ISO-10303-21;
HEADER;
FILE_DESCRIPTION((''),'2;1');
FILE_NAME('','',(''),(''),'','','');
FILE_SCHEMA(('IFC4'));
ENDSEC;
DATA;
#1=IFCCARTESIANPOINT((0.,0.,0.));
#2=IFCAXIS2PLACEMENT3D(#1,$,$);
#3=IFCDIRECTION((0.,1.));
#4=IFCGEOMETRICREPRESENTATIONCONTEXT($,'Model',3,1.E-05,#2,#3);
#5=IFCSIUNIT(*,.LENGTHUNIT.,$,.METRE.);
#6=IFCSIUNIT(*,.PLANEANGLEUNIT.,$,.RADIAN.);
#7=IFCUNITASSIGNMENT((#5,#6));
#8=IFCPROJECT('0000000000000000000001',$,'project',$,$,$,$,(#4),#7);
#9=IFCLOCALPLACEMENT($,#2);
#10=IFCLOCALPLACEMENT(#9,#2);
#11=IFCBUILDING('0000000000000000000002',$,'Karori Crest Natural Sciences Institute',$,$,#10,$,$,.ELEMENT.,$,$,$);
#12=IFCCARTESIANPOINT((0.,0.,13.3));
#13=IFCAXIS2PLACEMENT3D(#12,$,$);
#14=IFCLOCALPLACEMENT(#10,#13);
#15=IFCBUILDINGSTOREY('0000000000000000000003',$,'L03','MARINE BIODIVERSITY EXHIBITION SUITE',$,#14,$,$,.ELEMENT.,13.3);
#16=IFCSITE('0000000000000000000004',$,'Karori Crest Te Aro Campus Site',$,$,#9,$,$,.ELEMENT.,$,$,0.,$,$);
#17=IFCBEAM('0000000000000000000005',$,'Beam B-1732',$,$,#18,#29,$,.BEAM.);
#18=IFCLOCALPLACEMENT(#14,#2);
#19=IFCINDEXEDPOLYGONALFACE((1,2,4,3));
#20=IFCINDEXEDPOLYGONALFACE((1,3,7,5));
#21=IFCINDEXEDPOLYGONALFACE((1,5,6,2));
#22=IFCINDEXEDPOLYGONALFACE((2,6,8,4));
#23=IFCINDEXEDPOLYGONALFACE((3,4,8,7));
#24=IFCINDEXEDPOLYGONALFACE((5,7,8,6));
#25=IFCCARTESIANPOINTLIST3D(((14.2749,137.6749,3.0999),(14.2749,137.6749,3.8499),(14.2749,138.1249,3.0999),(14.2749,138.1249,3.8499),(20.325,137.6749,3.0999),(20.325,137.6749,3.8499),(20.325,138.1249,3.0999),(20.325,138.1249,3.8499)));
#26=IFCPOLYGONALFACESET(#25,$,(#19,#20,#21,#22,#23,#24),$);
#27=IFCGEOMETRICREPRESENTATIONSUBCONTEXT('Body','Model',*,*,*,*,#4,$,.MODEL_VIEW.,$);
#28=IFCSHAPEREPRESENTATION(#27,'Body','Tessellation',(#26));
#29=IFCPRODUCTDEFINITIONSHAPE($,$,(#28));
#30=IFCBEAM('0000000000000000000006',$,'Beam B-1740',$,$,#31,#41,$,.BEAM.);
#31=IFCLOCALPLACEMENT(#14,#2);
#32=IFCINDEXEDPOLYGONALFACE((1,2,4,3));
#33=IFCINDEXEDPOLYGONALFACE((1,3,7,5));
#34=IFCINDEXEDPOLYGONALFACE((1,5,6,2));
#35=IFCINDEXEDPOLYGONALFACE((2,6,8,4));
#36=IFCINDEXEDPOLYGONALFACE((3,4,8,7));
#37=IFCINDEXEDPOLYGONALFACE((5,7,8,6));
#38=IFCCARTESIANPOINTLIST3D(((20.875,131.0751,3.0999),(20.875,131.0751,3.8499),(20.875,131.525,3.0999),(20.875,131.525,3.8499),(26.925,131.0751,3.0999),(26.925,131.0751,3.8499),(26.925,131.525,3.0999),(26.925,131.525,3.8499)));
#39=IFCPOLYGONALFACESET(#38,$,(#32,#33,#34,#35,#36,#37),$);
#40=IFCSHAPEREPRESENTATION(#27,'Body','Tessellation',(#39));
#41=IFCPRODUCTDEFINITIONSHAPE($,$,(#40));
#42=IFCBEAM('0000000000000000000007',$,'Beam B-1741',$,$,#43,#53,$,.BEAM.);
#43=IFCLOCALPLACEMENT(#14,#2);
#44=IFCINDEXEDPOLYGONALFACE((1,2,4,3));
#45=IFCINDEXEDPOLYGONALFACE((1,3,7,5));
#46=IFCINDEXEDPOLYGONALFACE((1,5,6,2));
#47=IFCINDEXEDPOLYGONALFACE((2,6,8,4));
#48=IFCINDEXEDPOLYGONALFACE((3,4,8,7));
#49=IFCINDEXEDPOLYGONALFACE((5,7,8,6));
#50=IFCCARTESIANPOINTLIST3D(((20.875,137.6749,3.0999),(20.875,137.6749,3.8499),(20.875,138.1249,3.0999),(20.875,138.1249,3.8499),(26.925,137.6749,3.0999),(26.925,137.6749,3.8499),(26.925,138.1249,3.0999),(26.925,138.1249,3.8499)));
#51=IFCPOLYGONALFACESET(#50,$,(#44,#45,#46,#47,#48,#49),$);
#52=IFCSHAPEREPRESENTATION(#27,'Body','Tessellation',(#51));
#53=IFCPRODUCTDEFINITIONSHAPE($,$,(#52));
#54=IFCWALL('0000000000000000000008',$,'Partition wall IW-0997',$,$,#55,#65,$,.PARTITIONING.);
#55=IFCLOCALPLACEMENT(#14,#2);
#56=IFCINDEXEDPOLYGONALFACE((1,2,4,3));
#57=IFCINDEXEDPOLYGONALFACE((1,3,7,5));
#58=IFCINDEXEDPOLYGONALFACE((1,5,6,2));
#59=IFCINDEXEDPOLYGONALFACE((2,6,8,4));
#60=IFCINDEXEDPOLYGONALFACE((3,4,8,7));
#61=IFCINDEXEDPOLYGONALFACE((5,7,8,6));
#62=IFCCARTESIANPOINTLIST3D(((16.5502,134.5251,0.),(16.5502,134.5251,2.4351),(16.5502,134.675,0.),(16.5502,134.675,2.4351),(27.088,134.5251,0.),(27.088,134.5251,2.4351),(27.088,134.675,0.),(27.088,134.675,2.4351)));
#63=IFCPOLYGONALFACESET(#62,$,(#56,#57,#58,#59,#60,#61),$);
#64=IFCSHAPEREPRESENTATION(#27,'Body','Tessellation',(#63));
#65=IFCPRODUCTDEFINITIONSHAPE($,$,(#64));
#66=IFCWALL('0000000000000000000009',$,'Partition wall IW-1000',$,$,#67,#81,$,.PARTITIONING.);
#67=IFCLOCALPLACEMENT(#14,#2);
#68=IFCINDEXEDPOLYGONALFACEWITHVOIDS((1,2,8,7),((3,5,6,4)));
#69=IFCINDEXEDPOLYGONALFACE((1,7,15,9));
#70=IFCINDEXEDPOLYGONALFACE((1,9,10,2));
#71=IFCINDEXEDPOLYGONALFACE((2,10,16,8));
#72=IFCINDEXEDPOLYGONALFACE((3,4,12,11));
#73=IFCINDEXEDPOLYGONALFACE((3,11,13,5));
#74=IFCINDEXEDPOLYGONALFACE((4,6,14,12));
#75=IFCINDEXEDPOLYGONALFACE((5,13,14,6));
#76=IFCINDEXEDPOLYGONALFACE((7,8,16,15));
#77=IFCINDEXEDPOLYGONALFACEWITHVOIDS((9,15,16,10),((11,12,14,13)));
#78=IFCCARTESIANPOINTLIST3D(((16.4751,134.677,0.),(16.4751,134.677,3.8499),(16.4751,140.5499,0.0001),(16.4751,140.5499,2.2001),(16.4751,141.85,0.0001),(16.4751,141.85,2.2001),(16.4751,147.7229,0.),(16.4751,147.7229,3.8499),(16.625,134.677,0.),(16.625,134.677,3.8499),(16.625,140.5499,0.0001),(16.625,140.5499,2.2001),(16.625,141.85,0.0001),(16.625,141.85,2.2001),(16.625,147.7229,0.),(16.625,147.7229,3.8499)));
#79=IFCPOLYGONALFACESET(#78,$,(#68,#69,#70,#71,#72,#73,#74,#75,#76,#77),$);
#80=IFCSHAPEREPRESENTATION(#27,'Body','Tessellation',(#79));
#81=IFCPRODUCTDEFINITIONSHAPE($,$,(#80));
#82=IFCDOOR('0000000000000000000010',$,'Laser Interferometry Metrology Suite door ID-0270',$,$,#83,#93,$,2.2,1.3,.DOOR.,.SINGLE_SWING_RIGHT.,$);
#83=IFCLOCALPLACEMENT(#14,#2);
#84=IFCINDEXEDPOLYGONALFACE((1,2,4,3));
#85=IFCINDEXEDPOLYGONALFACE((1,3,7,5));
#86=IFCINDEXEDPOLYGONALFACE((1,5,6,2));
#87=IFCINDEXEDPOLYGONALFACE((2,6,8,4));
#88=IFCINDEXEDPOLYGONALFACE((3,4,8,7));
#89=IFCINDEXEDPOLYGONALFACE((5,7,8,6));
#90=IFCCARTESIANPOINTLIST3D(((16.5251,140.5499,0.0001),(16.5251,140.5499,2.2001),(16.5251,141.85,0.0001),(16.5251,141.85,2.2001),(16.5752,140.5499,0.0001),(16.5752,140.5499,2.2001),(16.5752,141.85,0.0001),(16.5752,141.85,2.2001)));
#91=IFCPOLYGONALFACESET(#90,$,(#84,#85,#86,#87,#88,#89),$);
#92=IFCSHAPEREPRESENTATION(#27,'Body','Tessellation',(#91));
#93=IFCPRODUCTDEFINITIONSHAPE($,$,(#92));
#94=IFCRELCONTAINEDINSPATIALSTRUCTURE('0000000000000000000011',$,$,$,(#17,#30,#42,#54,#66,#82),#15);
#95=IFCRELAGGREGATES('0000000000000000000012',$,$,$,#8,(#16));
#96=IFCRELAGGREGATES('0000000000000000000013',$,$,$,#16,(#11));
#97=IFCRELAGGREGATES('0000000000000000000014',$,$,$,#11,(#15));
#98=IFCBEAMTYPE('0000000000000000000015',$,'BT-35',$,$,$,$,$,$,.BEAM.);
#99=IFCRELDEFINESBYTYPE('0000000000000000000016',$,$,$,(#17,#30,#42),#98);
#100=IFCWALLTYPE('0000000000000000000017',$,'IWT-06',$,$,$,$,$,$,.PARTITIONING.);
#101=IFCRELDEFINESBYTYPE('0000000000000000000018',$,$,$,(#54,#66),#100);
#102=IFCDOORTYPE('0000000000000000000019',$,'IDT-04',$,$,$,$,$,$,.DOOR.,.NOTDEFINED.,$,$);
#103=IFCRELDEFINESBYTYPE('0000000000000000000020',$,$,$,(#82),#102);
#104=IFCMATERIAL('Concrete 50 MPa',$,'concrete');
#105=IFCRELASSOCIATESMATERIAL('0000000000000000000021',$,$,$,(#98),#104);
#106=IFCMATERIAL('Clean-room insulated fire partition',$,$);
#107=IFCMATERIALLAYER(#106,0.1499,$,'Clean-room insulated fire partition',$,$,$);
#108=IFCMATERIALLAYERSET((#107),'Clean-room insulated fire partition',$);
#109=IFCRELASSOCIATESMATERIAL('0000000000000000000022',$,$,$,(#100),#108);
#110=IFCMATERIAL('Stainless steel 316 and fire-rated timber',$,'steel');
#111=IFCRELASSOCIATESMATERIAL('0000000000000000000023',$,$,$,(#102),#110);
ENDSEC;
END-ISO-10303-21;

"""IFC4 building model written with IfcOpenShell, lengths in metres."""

from ifc_helpers import new_model, si_unit, direction, frame, frame_2d, origin, origin_2d, place, context, subcontext, project, spatial, rectangle, extrude, material, layer, layer_set, material_profile, profile_set, type_object, element, fill, save


model = new_model("IFC4")

# Units and contexts
model_context = context("Model", 3, precision=1e-05, world=origin(), true_north=direction((0.0, 1.0)))
body_context = subcontext(model_context, "Body", "Model", "MODEL_VIEW")
ifc_project = project(units=[si_unit("LENGTHUNIT", "METRE"), si_unit("PLANEANGLEUNIT", "RADIAN")], contexts=[model_context])

# Site, building, storey
site_placement = place(None, origin())
site = spatial("IfcSite", under=ifc_project, at=site_placement, Name="Karori Crest Te Aro Campus Site", CompositionType="ELEMENT", RefElevation=0.0)
building_placement = place(site_placement, origin())
building = spatial("IfcBuilding", under=site, at=building_placement, Name="Karori Crest Natural Sciences Institute", CompositionType="ELEMENT")
storey_placement = place(building_placement, frame((0.0, 0.0, 13.3)))
storey = spatial("IfcBuildingStorey", under=building, at=storey_placement, Name="L03", Description="MARINE BIODIVERSITY EXHIBITION SUITE", CompositionType="ELEMENT", Elevation=13.3)

# Shared definitions
ifc_material_1 = material(Name="Concrete 50 MPa", Category="concrete")

# Beams
ifc_material_profile_1 = material_profile(ifc_material_1, rectangle(XDim=0.45, YDim=0.75, at=origin_2d()), Name="RCB450x750")
ifc_profile_set_1 = profile_set([ifc_material_profile_1], Name="Concrete 50 MPa")
beam_type_1 = type_object("IfcBeamType", Name="BT-35", PredefinedType="BEAM", material=ifc_profile_set_1)
for number, where, z_axis, x_axis, name in (
    (1, (14.2749, 137.8999, 3.4749), (1.0, 0.0, 0.0), (0.0, 1.0, 0.0), "Beam B-1732"),
    (2, (20.875, 131.3, 3.4749), (1.0, 0.0, 0.0), (0.0, 1.0, 0.0), "Beam B-1740"),
    (3, (20.875, 137.8999, 3.4749), (1.0, 0.0, 0.0), (0.0, 1.0, 0.0), "Beam B-1741"),
):
    element("IfcBeam", number, at=place(storey_placement, frame(where, z_axis=z_axis, x_axis=x_axis)), inside=storey, type_object=beam_type_1, Name=name, PredefinedType="BEAM", context=body_context, shape_type="SweptSolid", body=[
        extrude(rectangle(XDim=0.45, YDim=0.75, at=origin_2d()), origin(), (0.0, 0.0, 1.0), 6.05),
    ])

# Wall
ifc_material_2 = material(Name="Clean-room insulated fire partition")
ifc_layer = layer(ifc_material_2, 0.1499, Name="Clean-room insulated fire partition")
ifc_layer_set = layer_set([ifc_layer], Name="Clean-room insulated fire partition")
wall_type = type_object("IfcWallType", Name="IWT-06", PredefinedType="PARTITIONING", material=ifc_layer_set)
wall_1_placement = place(storey_placement, frame((16.55, 134.6001, 0.0), z_axis=(0.0, 0.0, 1.0), x_axis=(1.0, 0.0, 0.0)))
element("IfcWall", 4, at=wall_1_placement, inside=storey, type_object=wall_type, Name="Partition wall IW-0997", PredefinedType="PARTITIONING", context=body_context, shape_type="SweptSolid", body=[
    extrude(rectangle(XDim=10.5378, YDim=0.1499, at=frame_2d((5.269, 0.0))), origin(), (0.0, 0.0, 1.0), 2.4351),
])

# Wall, opening, door
wall_2_placement = place(storey_placement, frame((16.55, 134.677, 0.0), z_axis=(0.0, 0.0, 1.0), x_axis=(0.0, 1.0, 0.0)))
wall_2 = element("IfcWall", 5, at=wall_2_placement, inside=storey, type_object=wall_type, Name="Partition wall IW-1000", PredefinedType="PARTITIONING", context=body_context, shape_type="SweptSolid", body=[
    extrude(rectangle(XDim=13.0459, YDim=0.1499, at=frame_2d((6.5229, 0.0))), origin(), (0.0, 0.0, 1.0), 3.8499),
])
opening_placement = place(wall_2_placement, frame((5.873, 0.0, 0.0)))
opening = element("IfcOpeningElement", 6, at=opening_placement, cuts=wall_2, PredefinedType="OPENING", context=body_context, shape_type="SweptSolid", body=[
    extrude(rectangle(XDim=1.3, YDim=2.2, at=frame_2d((0.6499, 1.1001))), frame((0.0, 0.085, 0.0), z_axis=(0.0, -1.0, 0.0), x_axis=(1.0, 0.0, 0.0)), (0.0, 0.0, 1.0), 0.1699),
])
ifc_material_3 = material(Name="Stainless steel 316 and fire-rated timber", Category="steel")
door_type = type_object("IfcDoorType", Name="IDT-04", OperationType="NOTDEFINED", PredefinedType="DOOR", material=ifc_material_3)
door_placement = place(opening_placement, origin())
door = element("IfcDoor", 7, at=door_placement, inside=storey, type_object=door_type, Name="Laser Interferometry Metrology Suite door ID-0270", OperationType="SINGLE_SWING_RIGHT", OverallHeight=2.2, OverallWidth=1.3, PredefinedType="DOOR", context=body_context, shape_type="SweptSolid", body=[
    extrude(rectangle(XDim=1.3, YDim=2.2, at=frame_2d((0.6499, 1.1001))), frame((0.0, 0.0249, 0.0), z_axis=(0.0, -1.0, 0.0), x_axis=(1.0, 0.0, 0.0)), (0.0, 0.0, 1.0), 0.05),
])
fill(opening, door)

save(model, "model.ifc")
